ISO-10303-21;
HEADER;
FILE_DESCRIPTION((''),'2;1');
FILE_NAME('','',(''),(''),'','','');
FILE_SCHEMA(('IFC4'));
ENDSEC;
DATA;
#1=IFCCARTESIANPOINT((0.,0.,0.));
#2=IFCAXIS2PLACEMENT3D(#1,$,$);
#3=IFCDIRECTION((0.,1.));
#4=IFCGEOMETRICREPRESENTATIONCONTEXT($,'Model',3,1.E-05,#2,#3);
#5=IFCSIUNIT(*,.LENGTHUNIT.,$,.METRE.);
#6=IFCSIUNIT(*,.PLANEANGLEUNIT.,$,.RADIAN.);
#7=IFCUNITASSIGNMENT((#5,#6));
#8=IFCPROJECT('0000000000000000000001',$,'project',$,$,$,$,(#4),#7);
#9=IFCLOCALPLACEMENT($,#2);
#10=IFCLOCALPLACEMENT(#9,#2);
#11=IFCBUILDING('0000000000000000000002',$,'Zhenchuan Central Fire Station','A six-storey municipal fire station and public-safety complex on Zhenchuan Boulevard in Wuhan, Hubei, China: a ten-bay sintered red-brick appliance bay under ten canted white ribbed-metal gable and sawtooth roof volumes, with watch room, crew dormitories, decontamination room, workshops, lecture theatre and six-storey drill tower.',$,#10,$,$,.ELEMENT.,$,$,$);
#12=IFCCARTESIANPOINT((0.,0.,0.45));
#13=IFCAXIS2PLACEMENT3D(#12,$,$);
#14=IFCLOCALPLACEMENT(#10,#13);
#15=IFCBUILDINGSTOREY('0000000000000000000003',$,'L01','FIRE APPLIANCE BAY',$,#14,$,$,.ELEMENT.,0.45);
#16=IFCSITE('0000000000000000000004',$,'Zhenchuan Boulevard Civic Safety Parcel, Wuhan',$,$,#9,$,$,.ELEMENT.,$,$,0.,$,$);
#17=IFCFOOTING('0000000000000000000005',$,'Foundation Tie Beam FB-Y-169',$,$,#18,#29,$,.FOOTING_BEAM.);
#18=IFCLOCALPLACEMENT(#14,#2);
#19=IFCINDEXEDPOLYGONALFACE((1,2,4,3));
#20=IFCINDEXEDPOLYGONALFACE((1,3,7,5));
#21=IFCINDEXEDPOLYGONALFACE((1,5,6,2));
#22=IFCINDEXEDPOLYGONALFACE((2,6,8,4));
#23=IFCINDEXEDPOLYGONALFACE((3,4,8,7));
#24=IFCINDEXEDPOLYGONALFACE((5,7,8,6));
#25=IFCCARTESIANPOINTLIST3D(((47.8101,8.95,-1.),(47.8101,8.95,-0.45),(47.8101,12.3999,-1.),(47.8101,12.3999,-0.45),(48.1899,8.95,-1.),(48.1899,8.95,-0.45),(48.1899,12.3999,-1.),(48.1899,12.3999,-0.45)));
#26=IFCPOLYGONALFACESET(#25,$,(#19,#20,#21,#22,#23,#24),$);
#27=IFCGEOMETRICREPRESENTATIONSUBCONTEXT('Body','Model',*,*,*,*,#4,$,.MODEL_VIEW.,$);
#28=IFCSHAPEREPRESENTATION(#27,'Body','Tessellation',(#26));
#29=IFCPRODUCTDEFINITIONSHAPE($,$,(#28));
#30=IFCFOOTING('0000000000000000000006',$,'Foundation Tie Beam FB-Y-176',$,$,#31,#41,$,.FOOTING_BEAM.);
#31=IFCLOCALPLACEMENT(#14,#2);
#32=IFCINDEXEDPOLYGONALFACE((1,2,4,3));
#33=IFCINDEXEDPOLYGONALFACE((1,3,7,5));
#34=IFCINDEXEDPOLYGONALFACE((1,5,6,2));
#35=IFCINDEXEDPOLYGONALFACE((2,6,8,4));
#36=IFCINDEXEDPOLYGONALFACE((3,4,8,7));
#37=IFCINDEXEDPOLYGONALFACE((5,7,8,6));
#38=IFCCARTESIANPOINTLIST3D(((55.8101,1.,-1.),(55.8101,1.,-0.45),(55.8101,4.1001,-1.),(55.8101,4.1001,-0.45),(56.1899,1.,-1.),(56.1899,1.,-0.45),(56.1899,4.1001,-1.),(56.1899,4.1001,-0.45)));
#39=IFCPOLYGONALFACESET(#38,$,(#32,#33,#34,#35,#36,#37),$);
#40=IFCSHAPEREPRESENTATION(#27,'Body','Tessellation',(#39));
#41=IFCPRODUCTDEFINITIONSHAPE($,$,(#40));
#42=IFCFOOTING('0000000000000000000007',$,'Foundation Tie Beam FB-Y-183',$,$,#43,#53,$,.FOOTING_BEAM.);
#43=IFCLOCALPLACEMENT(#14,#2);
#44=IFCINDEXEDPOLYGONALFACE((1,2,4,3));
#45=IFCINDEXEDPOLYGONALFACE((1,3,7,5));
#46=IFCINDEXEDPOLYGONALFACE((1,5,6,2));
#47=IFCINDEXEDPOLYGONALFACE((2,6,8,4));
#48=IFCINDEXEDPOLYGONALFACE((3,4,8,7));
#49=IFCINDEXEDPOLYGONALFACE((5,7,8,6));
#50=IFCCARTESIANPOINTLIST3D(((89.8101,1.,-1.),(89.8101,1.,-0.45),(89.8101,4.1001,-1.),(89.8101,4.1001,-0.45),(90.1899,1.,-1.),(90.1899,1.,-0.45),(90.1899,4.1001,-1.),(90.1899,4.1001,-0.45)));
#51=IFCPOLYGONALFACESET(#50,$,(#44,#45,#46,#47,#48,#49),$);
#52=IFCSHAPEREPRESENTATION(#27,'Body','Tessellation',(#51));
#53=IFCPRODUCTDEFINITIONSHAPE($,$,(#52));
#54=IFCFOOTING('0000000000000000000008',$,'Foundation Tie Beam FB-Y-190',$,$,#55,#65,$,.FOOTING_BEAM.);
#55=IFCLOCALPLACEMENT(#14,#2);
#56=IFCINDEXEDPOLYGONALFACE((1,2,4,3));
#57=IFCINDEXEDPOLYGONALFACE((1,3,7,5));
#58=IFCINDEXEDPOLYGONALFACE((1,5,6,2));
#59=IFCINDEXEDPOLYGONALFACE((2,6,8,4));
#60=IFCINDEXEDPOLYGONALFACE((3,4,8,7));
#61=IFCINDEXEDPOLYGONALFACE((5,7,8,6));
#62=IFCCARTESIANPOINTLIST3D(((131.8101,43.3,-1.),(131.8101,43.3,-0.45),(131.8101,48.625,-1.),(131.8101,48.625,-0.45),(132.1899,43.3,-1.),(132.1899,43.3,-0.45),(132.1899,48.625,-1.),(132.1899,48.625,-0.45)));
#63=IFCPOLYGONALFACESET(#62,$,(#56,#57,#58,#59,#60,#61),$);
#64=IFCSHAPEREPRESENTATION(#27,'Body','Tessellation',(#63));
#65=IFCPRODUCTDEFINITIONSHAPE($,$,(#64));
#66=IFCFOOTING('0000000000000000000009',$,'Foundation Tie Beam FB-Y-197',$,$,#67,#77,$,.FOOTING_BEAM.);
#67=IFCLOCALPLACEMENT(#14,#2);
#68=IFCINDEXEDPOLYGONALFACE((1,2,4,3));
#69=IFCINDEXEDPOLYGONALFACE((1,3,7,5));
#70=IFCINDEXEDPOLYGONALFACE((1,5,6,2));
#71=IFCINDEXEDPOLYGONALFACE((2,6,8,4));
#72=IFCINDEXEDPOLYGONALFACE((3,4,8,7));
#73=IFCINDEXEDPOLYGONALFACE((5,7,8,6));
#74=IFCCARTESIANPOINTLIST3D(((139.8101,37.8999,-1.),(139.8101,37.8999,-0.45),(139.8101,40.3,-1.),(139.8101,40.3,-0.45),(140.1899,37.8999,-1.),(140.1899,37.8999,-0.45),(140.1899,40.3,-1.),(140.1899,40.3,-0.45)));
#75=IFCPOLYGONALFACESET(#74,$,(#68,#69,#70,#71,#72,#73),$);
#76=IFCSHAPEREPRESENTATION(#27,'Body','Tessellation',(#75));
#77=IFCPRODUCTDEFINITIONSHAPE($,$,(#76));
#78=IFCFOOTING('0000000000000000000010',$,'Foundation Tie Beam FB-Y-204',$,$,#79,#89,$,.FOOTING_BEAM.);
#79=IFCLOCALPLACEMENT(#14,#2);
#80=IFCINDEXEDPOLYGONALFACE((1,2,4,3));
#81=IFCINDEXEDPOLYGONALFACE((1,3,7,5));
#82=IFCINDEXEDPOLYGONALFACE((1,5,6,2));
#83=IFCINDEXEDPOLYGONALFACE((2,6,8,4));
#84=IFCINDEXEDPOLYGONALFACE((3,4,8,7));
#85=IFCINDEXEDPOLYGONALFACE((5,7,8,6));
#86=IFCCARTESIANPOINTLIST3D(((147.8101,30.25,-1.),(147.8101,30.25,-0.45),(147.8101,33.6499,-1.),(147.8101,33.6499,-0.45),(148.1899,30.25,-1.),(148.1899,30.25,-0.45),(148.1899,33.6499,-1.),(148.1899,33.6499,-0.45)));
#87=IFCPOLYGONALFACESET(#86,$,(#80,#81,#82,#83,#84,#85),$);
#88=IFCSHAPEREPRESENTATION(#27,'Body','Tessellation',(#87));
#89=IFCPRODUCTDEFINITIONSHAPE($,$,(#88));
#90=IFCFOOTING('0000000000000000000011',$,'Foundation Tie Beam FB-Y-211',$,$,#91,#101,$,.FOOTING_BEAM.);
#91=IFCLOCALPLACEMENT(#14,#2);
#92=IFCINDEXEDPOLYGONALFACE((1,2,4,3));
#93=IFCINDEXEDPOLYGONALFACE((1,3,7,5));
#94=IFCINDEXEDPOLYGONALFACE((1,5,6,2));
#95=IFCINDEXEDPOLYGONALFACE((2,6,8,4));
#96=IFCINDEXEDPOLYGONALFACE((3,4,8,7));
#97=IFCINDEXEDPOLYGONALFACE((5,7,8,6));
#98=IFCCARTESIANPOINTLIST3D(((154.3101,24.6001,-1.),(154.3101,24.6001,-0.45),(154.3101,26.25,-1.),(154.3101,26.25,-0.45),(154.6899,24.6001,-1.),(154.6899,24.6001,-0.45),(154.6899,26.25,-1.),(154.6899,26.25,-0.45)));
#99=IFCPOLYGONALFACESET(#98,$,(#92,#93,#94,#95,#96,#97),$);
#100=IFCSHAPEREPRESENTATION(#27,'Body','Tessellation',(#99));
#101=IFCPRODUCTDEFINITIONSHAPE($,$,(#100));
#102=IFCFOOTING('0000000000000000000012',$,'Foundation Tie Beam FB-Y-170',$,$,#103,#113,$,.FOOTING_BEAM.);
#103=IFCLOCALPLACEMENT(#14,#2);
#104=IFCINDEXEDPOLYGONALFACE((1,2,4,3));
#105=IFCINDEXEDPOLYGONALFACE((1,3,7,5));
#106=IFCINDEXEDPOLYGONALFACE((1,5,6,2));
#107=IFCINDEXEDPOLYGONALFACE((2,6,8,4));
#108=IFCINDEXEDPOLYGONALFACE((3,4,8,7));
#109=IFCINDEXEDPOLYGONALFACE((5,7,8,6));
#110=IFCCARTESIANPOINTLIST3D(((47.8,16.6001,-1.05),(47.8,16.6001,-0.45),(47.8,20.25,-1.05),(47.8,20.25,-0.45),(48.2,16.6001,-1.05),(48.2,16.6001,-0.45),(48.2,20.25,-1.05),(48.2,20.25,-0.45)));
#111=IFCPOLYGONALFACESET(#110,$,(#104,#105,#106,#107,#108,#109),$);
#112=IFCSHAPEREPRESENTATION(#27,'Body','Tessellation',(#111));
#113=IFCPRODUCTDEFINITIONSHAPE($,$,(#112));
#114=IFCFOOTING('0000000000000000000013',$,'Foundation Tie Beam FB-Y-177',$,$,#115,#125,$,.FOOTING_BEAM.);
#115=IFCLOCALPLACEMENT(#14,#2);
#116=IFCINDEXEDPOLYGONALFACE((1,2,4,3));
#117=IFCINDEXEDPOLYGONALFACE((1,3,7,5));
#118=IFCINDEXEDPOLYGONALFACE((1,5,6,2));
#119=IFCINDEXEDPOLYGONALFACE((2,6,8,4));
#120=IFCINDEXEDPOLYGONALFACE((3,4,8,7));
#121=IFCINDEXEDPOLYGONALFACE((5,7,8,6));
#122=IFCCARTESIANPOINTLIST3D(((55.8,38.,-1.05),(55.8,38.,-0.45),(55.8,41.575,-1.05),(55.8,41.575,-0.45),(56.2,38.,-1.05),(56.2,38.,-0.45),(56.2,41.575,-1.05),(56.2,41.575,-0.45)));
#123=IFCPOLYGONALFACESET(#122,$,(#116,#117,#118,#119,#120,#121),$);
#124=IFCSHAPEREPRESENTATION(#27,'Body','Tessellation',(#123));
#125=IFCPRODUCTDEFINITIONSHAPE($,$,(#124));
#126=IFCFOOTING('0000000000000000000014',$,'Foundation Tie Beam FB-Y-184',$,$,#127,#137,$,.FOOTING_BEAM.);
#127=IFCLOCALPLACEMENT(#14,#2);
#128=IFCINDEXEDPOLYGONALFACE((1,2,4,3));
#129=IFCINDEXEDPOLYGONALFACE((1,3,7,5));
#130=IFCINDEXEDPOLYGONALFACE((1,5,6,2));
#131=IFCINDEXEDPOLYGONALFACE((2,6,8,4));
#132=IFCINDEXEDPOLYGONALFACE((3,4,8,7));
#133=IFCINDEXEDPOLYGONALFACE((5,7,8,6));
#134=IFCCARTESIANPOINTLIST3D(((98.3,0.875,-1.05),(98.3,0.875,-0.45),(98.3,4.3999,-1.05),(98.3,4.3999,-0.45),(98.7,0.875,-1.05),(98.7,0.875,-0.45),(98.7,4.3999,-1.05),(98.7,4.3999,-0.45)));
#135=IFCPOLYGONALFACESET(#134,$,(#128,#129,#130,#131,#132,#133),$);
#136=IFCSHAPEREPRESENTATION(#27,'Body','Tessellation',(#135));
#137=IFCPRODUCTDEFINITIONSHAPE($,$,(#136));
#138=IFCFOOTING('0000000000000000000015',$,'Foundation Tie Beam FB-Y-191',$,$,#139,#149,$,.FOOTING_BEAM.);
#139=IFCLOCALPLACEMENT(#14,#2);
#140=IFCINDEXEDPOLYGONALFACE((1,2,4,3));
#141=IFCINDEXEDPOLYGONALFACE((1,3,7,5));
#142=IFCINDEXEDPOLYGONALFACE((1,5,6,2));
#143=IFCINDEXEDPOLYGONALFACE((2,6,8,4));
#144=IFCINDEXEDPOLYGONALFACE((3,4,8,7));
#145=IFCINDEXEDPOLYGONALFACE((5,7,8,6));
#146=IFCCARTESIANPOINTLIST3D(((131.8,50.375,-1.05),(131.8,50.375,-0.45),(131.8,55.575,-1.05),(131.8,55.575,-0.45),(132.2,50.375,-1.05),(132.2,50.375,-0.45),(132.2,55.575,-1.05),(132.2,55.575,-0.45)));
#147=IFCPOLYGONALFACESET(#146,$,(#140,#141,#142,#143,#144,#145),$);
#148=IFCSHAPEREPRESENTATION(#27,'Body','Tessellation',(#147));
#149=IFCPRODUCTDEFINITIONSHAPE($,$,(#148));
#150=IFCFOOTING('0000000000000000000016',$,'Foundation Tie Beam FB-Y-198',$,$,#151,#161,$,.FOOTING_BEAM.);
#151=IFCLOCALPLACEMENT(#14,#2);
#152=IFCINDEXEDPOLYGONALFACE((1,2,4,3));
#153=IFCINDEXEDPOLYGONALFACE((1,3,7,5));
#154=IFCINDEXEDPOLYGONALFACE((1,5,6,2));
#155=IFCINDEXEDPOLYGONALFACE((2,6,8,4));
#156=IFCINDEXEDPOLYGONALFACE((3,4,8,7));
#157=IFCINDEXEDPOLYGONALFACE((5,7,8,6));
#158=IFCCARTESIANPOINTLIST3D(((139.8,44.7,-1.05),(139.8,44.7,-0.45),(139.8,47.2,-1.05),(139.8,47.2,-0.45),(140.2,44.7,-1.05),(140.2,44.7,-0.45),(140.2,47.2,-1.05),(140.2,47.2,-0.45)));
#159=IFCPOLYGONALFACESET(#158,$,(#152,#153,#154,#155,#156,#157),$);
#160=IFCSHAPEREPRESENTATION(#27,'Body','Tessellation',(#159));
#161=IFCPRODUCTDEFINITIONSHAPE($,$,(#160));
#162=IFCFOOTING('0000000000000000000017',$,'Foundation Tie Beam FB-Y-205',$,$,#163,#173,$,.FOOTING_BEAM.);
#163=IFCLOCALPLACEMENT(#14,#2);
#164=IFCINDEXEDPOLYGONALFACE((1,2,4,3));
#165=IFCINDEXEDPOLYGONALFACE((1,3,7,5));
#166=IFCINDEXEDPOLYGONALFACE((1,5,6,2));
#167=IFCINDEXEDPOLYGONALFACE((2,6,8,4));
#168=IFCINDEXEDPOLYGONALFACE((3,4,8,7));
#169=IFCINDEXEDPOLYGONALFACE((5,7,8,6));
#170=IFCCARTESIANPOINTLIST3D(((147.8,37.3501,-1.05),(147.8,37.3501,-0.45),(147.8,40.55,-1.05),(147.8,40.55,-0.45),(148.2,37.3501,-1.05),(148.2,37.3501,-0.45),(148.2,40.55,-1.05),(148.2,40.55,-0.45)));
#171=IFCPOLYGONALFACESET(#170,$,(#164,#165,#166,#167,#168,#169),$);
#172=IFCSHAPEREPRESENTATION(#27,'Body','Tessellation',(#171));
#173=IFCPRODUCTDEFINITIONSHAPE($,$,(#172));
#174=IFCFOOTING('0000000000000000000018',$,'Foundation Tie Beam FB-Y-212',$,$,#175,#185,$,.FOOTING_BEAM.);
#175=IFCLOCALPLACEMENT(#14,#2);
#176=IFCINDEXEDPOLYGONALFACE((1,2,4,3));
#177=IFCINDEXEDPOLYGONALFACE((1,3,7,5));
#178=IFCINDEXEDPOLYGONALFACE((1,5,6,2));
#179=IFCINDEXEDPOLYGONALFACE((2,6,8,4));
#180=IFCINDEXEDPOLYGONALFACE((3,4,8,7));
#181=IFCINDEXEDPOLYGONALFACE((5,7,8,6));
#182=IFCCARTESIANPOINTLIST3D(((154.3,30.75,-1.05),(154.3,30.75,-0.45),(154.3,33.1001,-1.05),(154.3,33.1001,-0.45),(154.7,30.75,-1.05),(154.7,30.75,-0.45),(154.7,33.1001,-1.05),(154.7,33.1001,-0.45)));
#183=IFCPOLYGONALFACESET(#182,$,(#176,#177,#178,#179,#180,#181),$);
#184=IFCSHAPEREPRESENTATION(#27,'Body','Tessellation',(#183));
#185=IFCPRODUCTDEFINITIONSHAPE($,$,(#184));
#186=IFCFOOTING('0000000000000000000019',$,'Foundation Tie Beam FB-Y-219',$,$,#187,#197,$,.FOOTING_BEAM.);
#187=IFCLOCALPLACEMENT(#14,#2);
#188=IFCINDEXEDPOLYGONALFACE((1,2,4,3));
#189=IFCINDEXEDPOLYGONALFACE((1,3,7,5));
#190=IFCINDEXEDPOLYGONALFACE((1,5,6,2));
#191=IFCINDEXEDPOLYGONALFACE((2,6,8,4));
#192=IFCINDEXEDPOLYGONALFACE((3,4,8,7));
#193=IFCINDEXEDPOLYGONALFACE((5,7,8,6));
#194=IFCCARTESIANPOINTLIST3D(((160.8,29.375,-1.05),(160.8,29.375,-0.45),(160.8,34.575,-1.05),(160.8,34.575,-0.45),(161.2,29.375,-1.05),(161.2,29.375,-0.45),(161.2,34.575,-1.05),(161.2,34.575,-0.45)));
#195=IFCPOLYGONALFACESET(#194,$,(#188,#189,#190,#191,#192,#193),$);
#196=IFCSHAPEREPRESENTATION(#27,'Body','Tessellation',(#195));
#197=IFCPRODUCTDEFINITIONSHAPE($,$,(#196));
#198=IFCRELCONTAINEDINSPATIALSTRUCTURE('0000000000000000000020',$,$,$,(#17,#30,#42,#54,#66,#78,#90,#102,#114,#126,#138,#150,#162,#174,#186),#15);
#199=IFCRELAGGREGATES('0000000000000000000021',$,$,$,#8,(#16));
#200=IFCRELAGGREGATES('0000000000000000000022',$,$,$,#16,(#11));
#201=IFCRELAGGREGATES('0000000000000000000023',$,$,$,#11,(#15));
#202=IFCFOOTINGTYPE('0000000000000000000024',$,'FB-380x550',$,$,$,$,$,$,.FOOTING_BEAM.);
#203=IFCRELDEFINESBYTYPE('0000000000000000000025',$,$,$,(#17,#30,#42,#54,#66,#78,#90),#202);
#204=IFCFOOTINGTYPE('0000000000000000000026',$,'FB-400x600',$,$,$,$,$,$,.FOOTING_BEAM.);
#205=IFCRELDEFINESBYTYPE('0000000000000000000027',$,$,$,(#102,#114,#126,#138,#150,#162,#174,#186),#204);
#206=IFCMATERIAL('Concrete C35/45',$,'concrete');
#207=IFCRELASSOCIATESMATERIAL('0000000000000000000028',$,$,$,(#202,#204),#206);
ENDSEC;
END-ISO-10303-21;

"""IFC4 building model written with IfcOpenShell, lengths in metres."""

from ifc_helpers import new_model, si_unit, direction, frame, origin, place, context, subcontext, project, spatial, polyline, outline, extrude, material, type_object, element, save


model = new_model("IFC4")

# Units and contexts
model_context = context("Model", 3, precision=1e-05, world=origin(), true_north=direction((0.0, 1.0)))
body_context = subcontext(model_context, "Body", "Model", "MODEL_VIEW")
ifc_project = project(units=[si_unit("LENGTHUNIT", "METRE"), si_unit("PLANEANGLEUNIT", "RADIAN")], contexts=[model_context])

# Site, building, storey
site_placement = place(None, origin())
site = spatial("IfcSite", under=ifc_project, at=site_placement, Name="Zhenchuan Boulevard Civic Safety Parcel, Wuhan", CompositionType="ELEMENT", RefElevation=0.0)
building_placement = place(site_placement, origin())
building = spatial("IfcBuilding", under=site, at=building_placement, Name="Zhenchuan Central Fire Station", Description="A six-storey municipal fire station and public-safety complex on Zhenchuan Boulevard in Wuhan, Hubei, China: a ten-bay sintered red-brick appliance bay under ten canted white ribbed-metal gable and sawtooth roof volumes, with watch room, crew dormitories, decontamination room, workshops, lecture theatre and six-storey drill tower.", CompositionType="ELEMENT")
storey_placement = place(building_placement, frame((0.0, 0.0, 0.45)))
storey = spatial("IfcBuildingStorey", under=building, at=storey_placement, Name="L01", Description="FIRE APPLIANCE BAY", CompositionType="ELEMENT", Elevation=0.45)

# Footings
ifc_material = material(Name="Concrete C35/45", Category="concrete")
footing_type_1 = type_object("IfcFootingType", Name="FB-380x550", PredefinedType="FOOTING_BEAM", material=ifc_material)
footing_1_placement = place(storey_placement, frame((0.0, 0.0, -1.0)))
element("IfcFooting", 1, at=footing_1_placement, inside=storey, type_object=footing_type_1, Name="Foundation Tie Beam FB-Y-169", PredefinedType="FOOTING_BEAM", context=body_context, shape_type="SweptSolid", body=[
    extrude(outline(polyline([(47.8101, 8.95), (48.1899, 8.95), (48.1899, 12.3999), (47.8101, 12.3999), (47.8101, 8.95)])), origin(), (0.0, 0.0, 1.0), 0.55),
])
footing_2_placement = place(storey_placement, frame((0.0, 0.0, -1.0)))
element("IfcFooting", 2, at=footing_2_placement, inside=storey, type_object=footing_type_1, Name="Foundation Tie Beam FB-Y-176", PredefinedType="FOOTING_BEAM", context=body_context, shape_type="SweptSolid", body=[
    extrude(outline(polyline([(55.8101, 1.0), (56.1899, 1.0), (56.1899, 4.1001), (55.8101, 4.1001), (55.8101, 1.0)])), origin(), (0.0, 0.0, 1.0), 0.55),
])
footing_3_placement = place(storey_placement, frame((0.0, 0.0, -1.0)))
element("IfcFooting", 3, at=footing_3_placement, inside=storey, type_object=footing_type_1, Name="Foundation Tie Beam FB-Y-183", PredefinedType="FOOTING_BEAM", context=body_context, shape_type="SweptSolid", body=[
    extrude(outline(polyline([(89.8101, 1.0), (90.1899, 1.0), (90.1899, 4.1001), (89.8101, 4.1001), (89.8101, 1.0)])), origin(), (0.0, 0.0, 1.0), 0.55),
])
footing_4_placement = place(storey_placement, frame((0.0, 0.0, -1.0)))
element("IfcFooting", 4, at=footing_4_placement, inside=storey, type_object=footing_type_1, Name="Foundation Tie Beam FB-Y-190", PredefinedType="FOOTING_BEAM", context=body_context, shape_type="SweptSolid", body=[
    extrude(outline(polyline([(131.8101, 43.3), (132.1899, 43.3), (132.1899, 48.625), (131.8101, 48.625), (131.8101, 43.3)])), origin(), (0.0, 0.0, 1.0), 0.55),
])
footing_5_placement = place(storey_placement, frame((0.0, 0.0, -1.0)))
element("IfcFooting", 5, at=footing_5_placement, inside=storey, type_object=footing_type_1, Name="Foundation Tie Beam FB-Y-197", PredefinedType="FOOTING_BEAM", context=body_context, shape_type="SweptSolid", body=[
    extrude(outline(polyline([(139.8101, 37.8999), (140.1899, 37.8999), (140.1899, 40.3), (139.8101, 40.3), (139.8101, 37.8999)])), origin(), (0.0, 0.0, 1.0), 0.55),
])
footing_6_placement = place(storey_placement, frame((0.0, 0.0, -1.0)))
element("IfcFooting", 6, at=footing_6_placement, inside=storey, type_object=footing_type_1, Name="Foundation Tie Beam FB-Y-204", PredefinedType="FOOTING_BEAM", context=body_context, shape_type="SweptSolid", body=[
    extrude(outline(polyline([(147.8101, 30.25), (148.1899, 30.25), (148.1899, 33.6499), (147.8101, 33.6499), (147.8101, 30.25)])), origin(), (0.0, 0.0, 1.0), 0.55),
])
footing_7_placement = place(storey_placement, frame((0.0, 0.0, -1.0)))
element("IfcFooting", 7, at=footing_7_placement, inside=storey, type_object=footing_type_1, Name="Foundation Tie Beam FB-Y-211", PredefinedType="FOOTING_BEAM", context=body_context, shape_type="SweptSolid", body=[
    extrude(outline(polyline([(154.3101, 24.6001), (154.6899, 24.6001), (154.6899, 26.25), (154.3101, 26.25), (154.3101, 24.6001)])), origin(), (0.0, 0.0, 1.0), 0.55),
])
footing_type_2 = type_object("IfcFootingType", Name="FB-400x600", PredefinedType="FOOTING_BEAM", material=ifc_material)
footing_8_placement = place(storey_placement, frame((0.0, 0.0, -1.05)))
element("IfcFooting", 8, at=footing_8_placement, inside=storey, type_object=footing_type_2, Name="Foundation Tie Beam FB-Y-170", PredefinedType="FOOTING_BEAM", context=body_context, shape_type="SweptSolid", body=[
    extrude(outline(polyline([(47.8, 16.6001), (48.2, 16.6001), (48.2, 20.25), (47.8, 20.25), (47.8, 16.6001)])), origin(), (0.0, 0.0, 1.0), 0.6001),
])
footing_9_placement = place(storey_placement, frame((0.0, 0.0, -1.05)))
element("IfcFooting", 9, at=footing_9_placement, inside=storey, type_object=footing_type_2, Name="Foundation Tie Beam FB-Y-177", PredefinedType="FOOTING_BEAM", context=body_context, shape_type="SweptSolid", body=[
    extrude(outline(polyline([(55.8, 38.0), (56.2, 38.0), (56.2, 41.575), (55.8, 41.575), (55.8, 38.0)])), origin(), (0.0, 0.0, 1.0), 0.6001),
])
footing_10_placement = place(storey_placement, frame((0.0, 0.0, -1.05)))
element("IfcFooting", 10, at=footing_10_placement, inside=storey, type_object=footing_type_2, Name="Foundation Tie Beam FB-Y-184", PredefinedType="FOOTING_BEAM", context=body_context, shape_type="SweptSolid", body=[
    extrude(outline(polyline([(98.3, 0.875), (98.7, 0.875), (98.7, 4.3999), (98.3, 4.3999), (98.3, 0.875)])), origin(), (0.0, 0.0, 1.0), 0.6001),
])
footing_11_placement = place(storey_placement, frame((0.0, 0.0, -1.05)))
element("IfcFooting", 11, at=footing_11_placement, inside=storey, type_object=footing_type_2, Name="Foundation Tie Beam FB-Y-191", PredefinedType="FOOTING_BEAM", context=body_context, shape_type="SweptSolid", body=[
    extrude(outline(polyline([(131.8, 50.375), (132.2, 50.375), (132.2, 55.575), (131.8, 55.575), (131.8, 50.375)])), origin(), (0.0, 0.0, 1.0), 0.6001),
])
footing_12_placement = place(storey_placement, frame((0.0, 0.0, -1.05)))
element("IfcFooting", 12, at=footing_12_placement, inside=storey, type_object=footing_type_2, Name="Foundation Tie Beam FB-Y-198", PredefinedType="FOOTING_BEAM", context=body_context, shape_type="SweptSolid", body=[
    extrude(outline(polyline([(139.8, 44.7), (140.2, 44.7), (140.2, 47.2), (139.8, 47.2), (139.8, 44.7)])), origin(), (0.0, 0.0, 1.0), 0.6001),
])
footing_13_placement = place(storey_placement, frame((0.0, 0.0, -1.05)))
element("IfcFooting", 13, at=footing_13_placement, inside=storey, type_object=footing_type_2, Name="Foundation Tie Beam FB-Y-205", PredefinedType="FOOTING_BEAM", context=body_context, shape_type="SweptSolid", body=[
    extrude(outline(polyline([(147.8, 37.3501), (148.2, 37.3501), (148.2, 40.55), (147.8, 40.55), (147.8, 37.3501)])), origin(), (0.0, 0.0, 1.0), 0.6001),
])
footing_14_placement = place(storey_placement, frame((0.0, 0.0, -1.05)))
element("IfcFooting", 14, at=footing_14_placement, inside=storey, type_object=footing_type_2, Name="Foundation Tie Beam FB-Y-212", PredefinedType="FOOTING_BEAM", context=body_context, shape_type="SweptSolid", body=[
    extrude(outline(polyline([(154.3, 30.75), (154.7, 30.75), (154.7, 33.1001), (154.3, 33.1001), (154.3, 30.75)])), origin(), (0.0, 0.0, 1.0), 0.6001),
])
footing_15_placement = place(storey_placement, frame((0.0, 0.0, -1.05)))
element("IfcFooting", 15, at=footing_15_placement, inside=storey, type_object=footing_type_2, Name="Foundation Tie Beam FB-Y-219", PredefinedType="FOOTING_BEAM", context=body_context, shape_type="SweptSolid", body=[
    extrude(outline(polyline([(160.8, 29.375), (161.2, 29.375), (161.2, 34.575), (160.8, 34.575), (160.8, 29.375)])), origin(), (0.0, 0.0, 1.0), 0.6001),
])

save(model, "model.ifc")
